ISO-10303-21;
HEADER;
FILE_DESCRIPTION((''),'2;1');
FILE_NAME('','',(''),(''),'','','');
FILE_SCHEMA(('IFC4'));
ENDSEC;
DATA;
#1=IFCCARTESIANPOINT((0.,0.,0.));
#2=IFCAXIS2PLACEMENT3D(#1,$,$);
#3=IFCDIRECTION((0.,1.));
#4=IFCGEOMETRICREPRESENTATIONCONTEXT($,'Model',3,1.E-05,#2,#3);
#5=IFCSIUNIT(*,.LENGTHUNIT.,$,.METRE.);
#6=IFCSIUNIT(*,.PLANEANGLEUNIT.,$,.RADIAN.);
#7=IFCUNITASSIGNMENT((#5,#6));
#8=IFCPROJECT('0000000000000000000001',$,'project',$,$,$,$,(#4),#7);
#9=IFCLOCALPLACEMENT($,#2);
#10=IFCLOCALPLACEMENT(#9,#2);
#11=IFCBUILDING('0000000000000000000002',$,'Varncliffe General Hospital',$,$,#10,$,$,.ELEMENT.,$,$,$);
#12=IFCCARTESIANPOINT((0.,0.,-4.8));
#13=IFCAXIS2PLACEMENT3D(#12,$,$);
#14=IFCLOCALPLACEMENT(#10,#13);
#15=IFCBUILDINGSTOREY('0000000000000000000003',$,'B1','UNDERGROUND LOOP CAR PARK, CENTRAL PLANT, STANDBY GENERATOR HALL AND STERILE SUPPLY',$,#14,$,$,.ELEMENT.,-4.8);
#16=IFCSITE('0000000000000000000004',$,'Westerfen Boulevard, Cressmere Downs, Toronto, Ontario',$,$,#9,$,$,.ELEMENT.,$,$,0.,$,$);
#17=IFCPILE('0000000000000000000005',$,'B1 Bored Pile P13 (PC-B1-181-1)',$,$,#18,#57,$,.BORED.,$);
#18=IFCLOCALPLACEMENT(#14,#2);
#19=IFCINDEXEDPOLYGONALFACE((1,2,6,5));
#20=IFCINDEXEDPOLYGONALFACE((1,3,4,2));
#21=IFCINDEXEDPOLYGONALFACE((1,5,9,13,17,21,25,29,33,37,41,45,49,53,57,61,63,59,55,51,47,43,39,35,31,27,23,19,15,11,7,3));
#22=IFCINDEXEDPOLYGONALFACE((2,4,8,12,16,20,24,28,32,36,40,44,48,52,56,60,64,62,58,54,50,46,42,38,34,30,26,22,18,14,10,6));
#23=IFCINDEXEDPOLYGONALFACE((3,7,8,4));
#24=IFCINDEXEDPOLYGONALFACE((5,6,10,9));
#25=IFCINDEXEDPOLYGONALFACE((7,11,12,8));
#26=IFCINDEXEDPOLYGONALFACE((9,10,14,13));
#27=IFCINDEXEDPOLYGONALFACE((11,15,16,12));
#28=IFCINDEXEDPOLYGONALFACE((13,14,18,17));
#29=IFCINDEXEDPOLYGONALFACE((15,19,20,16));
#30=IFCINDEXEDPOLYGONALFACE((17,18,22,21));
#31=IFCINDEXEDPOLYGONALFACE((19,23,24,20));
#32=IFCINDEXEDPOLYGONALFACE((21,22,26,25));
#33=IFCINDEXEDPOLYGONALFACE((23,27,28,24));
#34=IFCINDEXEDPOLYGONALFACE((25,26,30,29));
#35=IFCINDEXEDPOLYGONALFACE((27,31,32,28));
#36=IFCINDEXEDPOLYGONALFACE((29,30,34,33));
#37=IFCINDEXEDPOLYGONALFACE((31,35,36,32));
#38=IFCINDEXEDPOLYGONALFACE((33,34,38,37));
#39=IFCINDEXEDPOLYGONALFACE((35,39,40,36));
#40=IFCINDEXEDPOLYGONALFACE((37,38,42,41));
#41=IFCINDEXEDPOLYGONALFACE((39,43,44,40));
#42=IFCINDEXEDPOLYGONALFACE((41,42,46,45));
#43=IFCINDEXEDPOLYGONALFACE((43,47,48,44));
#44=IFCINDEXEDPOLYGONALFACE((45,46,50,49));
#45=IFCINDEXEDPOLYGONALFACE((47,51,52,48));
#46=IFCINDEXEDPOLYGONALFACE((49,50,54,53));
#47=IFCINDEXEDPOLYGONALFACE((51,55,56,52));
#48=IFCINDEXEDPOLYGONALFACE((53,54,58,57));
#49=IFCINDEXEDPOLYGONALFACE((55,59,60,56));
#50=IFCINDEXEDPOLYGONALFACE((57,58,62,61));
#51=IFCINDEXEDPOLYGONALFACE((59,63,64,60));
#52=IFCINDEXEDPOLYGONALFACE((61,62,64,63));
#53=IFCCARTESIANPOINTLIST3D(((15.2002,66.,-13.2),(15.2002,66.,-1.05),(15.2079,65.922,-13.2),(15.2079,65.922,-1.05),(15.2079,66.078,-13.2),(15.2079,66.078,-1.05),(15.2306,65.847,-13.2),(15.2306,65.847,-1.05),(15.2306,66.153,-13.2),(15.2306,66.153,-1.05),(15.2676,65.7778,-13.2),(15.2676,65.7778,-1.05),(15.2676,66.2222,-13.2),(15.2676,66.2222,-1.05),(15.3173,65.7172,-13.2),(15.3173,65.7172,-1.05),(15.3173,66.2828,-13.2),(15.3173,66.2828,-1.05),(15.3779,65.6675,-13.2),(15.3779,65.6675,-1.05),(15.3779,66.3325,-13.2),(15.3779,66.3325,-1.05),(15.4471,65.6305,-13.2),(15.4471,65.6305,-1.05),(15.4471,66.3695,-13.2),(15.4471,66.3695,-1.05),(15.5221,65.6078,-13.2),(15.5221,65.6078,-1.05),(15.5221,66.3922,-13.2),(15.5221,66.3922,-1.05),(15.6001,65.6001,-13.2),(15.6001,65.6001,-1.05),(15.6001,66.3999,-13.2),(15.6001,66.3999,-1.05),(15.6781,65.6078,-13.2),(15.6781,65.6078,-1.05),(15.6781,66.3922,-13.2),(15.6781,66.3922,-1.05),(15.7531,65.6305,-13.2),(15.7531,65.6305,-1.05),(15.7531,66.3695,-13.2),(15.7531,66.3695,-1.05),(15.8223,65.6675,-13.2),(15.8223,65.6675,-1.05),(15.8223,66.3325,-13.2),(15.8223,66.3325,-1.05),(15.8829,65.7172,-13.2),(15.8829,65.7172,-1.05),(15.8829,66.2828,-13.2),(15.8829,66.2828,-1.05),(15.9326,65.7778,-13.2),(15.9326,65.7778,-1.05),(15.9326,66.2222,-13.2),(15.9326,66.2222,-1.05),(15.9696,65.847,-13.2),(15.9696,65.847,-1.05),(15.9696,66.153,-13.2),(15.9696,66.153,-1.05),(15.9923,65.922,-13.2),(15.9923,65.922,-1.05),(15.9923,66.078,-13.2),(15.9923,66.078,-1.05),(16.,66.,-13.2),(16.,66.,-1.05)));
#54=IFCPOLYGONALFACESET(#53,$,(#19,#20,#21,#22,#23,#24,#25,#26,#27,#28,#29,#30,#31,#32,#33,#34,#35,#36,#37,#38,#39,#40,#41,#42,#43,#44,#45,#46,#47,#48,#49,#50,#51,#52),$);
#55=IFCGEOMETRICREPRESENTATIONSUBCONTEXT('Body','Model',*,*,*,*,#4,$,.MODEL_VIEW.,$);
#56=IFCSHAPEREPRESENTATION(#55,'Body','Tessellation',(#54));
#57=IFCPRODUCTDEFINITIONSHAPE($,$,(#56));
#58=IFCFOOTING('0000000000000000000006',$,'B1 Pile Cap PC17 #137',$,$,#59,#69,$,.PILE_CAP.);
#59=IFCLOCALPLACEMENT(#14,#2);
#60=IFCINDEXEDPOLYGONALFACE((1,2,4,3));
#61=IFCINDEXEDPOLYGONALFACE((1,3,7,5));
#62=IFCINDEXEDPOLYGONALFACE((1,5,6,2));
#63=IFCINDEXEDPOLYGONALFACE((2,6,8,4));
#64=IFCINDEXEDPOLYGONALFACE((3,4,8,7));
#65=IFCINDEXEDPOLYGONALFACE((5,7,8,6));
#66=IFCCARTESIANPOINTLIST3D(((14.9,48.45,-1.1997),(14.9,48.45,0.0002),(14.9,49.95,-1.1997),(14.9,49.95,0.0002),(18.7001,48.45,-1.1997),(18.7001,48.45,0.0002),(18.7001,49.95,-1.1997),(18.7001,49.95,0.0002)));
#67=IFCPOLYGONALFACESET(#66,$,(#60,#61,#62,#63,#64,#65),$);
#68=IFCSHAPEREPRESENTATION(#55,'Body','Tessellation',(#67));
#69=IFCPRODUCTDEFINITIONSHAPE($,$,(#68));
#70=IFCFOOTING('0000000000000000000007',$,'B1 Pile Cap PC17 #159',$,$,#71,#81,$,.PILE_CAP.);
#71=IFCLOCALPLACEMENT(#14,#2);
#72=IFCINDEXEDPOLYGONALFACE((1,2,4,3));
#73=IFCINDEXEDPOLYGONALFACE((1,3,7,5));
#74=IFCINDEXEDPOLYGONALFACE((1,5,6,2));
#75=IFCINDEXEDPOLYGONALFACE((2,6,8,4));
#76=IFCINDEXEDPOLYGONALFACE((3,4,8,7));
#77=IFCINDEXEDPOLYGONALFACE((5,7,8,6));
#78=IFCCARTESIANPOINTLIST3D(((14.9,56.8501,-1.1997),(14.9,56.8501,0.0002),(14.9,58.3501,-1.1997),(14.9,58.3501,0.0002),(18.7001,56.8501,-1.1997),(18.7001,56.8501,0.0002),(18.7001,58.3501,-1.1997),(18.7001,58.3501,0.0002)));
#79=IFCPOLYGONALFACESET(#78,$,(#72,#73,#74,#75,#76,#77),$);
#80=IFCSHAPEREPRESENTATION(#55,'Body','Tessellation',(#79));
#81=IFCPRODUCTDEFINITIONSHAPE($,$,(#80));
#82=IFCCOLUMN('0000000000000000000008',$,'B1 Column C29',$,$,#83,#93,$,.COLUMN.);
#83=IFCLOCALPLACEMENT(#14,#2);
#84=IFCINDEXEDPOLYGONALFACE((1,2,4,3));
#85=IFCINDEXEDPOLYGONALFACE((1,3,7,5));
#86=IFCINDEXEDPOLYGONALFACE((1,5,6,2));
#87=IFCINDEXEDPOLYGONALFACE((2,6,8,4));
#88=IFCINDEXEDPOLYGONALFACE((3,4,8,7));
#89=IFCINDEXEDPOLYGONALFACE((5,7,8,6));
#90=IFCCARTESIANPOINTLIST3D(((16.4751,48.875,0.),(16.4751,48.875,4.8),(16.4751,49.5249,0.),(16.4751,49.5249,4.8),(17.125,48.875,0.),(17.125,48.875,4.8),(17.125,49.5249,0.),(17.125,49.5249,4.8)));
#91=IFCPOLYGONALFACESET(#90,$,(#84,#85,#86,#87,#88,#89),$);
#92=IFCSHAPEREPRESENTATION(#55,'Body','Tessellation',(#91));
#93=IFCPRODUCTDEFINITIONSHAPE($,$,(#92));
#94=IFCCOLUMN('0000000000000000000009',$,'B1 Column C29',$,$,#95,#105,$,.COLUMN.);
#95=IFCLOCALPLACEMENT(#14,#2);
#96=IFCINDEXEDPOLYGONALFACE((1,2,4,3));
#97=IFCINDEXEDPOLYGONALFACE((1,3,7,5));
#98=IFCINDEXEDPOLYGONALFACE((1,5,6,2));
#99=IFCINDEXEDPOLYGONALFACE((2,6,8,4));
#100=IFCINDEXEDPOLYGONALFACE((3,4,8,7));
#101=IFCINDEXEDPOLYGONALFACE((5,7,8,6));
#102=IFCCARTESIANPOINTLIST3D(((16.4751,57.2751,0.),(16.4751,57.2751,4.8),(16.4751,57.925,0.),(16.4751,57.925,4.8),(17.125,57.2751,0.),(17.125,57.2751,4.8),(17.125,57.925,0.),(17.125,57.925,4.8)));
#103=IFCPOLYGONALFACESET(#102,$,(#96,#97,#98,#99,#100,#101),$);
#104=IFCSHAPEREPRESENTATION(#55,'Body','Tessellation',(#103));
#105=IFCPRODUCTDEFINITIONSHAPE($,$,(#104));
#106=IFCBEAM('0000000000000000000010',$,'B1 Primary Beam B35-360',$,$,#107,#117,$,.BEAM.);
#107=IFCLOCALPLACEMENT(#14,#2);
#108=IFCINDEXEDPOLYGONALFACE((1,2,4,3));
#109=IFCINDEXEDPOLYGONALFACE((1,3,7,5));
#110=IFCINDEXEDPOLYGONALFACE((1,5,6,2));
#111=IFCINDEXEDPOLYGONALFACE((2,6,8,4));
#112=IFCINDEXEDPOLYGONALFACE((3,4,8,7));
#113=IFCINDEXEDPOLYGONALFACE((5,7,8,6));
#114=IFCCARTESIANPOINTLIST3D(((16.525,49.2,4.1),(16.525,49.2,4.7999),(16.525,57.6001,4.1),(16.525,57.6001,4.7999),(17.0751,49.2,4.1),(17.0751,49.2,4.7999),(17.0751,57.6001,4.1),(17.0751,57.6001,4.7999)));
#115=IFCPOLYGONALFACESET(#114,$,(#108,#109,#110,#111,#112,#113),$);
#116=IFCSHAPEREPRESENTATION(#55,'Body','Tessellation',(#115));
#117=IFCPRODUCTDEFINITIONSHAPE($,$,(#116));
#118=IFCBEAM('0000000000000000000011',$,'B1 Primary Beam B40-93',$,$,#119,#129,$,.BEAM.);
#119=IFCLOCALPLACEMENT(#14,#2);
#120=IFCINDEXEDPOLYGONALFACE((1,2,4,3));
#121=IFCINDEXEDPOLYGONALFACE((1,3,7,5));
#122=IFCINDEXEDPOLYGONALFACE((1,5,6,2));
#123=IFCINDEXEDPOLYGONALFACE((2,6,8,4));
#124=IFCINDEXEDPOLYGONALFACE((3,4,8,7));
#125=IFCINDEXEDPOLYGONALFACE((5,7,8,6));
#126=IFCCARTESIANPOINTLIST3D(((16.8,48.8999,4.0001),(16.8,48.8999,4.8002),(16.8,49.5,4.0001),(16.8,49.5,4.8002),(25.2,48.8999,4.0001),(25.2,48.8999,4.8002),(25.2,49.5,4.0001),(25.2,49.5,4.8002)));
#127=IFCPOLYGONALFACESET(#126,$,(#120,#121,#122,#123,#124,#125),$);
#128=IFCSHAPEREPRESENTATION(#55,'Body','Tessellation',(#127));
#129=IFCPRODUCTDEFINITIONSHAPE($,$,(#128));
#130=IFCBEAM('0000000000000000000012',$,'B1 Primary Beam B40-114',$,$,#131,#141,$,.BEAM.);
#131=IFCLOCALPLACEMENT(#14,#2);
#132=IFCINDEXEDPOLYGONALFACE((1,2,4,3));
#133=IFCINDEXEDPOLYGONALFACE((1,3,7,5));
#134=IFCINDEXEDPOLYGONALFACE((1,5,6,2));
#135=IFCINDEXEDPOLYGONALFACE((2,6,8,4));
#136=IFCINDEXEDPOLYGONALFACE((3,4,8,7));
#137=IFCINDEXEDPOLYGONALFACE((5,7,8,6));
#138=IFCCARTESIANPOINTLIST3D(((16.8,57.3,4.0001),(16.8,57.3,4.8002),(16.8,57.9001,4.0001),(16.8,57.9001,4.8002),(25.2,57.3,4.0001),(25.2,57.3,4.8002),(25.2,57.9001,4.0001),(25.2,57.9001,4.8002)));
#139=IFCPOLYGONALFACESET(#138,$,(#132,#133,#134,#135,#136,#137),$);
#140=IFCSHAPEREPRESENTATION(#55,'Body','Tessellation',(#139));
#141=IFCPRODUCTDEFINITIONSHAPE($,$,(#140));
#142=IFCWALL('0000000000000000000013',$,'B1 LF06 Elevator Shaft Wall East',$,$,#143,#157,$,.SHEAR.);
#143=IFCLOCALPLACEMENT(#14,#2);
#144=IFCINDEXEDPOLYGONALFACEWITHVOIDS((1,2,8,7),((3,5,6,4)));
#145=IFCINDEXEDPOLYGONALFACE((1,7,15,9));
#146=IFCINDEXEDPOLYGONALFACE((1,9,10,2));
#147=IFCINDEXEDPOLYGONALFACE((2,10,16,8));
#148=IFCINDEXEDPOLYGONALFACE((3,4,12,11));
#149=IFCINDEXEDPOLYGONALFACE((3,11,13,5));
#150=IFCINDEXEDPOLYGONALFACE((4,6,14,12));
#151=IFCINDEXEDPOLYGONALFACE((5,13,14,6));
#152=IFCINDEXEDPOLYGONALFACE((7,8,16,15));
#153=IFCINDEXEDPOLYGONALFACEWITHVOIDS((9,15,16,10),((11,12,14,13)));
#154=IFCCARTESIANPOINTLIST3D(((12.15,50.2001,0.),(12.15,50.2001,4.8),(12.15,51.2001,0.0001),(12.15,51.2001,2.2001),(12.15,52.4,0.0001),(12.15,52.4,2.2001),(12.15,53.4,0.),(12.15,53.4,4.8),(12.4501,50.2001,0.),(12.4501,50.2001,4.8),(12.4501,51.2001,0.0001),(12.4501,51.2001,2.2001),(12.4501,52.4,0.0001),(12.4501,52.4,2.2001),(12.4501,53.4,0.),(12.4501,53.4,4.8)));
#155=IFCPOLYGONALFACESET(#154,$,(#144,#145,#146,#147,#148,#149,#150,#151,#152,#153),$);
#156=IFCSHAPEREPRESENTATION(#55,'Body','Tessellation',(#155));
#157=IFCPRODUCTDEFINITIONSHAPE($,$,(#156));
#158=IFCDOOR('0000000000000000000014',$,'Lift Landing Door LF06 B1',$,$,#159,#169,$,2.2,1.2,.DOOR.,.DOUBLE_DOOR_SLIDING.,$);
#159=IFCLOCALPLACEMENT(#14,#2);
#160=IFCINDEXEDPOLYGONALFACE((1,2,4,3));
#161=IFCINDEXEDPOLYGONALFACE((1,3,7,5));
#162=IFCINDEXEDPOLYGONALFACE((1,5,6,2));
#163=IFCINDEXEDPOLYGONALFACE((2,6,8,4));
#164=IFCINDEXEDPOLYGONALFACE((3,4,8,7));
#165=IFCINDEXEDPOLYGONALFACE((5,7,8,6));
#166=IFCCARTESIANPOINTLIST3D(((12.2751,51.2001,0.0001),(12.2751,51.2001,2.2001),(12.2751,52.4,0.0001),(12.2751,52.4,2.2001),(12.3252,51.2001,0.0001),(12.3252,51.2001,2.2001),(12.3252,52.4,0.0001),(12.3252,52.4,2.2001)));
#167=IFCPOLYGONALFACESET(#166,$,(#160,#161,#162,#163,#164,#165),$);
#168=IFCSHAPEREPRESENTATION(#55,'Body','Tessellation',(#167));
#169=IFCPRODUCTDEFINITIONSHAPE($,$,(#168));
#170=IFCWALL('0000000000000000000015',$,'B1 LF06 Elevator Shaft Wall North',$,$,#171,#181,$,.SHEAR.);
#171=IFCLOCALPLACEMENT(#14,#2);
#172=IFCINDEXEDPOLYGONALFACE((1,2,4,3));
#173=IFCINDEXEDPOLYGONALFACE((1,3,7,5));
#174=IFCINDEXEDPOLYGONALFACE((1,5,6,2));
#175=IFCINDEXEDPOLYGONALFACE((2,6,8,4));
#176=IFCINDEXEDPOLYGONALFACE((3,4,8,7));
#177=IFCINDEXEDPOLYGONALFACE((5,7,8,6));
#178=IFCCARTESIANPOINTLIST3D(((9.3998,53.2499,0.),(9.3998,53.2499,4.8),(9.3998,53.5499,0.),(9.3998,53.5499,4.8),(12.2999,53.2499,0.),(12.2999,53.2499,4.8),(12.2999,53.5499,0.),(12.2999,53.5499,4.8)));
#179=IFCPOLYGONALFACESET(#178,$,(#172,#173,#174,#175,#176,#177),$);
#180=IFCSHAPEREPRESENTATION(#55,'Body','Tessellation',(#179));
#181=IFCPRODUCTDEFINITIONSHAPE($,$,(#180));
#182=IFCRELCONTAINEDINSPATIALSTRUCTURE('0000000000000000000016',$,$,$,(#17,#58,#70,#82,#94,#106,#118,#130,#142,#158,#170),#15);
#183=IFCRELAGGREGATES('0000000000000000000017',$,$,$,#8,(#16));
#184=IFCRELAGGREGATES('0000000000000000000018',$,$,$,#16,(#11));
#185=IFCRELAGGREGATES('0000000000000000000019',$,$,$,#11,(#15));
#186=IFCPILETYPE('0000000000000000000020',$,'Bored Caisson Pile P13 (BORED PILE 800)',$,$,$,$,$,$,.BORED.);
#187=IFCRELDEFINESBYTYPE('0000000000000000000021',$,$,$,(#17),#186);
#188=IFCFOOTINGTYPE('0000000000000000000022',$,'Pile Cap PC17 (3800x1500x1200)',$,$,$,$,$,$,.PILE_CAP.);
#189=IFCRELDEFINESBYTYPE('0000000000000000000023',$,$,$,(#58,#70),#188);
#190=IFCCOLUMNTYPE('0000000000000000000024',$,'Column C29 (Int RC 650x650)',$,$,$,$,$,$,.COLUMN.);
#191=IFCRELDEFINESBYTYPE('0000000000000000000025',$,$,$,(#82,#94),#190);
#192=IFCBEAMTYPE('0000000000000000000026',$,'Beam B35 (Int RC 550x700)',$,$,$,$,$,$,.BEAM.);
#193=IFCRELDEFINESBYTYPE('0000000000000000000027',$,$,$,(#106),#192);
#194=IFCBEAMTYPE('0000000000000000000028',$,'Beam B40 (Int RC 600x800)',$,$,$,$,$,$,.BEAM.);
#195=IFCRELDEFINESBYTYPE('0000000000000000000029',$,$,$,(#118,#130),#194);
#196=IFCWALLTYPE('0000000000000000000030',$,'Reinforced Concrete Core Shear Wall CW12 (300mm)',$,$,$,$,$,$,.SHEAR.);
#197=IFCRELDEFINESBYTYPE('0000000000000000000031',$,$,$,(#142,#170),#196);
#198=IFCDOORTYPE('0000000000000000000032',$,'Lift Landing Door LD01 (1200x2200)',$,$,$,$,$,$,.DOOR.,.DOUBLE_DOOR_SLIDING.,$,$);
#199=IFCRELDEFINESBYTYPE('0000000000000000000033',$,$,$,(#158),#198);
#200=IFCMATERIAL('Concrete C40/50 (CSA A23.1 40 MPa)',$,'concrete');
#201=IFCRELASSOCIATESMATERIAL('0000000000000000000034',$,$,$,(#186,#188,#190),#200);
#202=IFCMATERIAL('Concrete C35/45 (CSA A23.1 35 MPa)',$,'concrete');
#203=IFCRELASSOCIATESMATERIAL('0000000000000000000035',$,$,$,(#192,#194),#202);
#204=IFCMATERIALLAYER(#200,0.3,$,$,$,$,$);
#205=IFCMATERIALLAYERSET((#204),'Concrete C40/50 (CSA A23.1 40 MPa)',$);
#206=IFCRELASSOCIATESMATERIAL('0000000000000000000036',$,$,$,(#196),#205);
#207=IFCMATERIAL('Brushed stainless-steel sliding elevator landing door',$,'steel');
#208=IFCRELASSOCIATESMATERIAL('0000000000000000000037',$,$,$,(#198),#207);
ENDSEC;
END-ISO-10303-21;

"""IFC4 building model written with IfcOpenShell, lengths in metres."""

from ifc_helpers import new_model, si_unit, direction, frame, frame_2d, origin, origin_2d, place, context, subcontext, project, spatial, rectangle, circle, extrude, material, layer, layer_set, material_profile, profile_set, type_object, element, fill, save


model = new_model("IFC4")

# Units and contexts
model_context = context("Model", 3, precision=1e-05, world=origin(), true_north=direction((0.0, 1.0)))
body_context = subcontext(model_context, "Body", "Model", "MODEL_VIEW")
ifc_project = project(units=[si_unit("LENGTHUNIT", "METRE"), si_unit("PLANEANGLEUNIT", "RADIAN")], contexts=[model_context])

# Site, building, storey
site_placement = place(None, origin())
site = spatial("IfcSite", under=ifc_project, at=site_placement, Name="Westerfen Boulevard, Cressmere Downs, Toronto, Ontario", CompositionType="ELEMENT", RefElevation=0.0)
building_placement = place(site_placement, origin())
building = spatial("IfcBuilding", under=site, at=building_placement, Name="Varncliffe General Hospital", CompositionType="ELEMENT")
storey_placement = place(building_placement, frame((0.0, 0.0, -4.8)))
storey = spatial("IfcBuildingStorey", under=building, at=storey_placement, Name="B1", Description="UNDERGROUND LOOP CAR PARK, CENTRAL PLANT, STANDBY GENERATOR HALL AND STERILE SUPPLY", CompositionType="ELEMENT", Elevation=-4.8)

# Pile
ifc_material_1 = material(Name="Concrete C40/50 (CSA A23.1 40 MPa)", Category="concrete")
ifc_material_profile_1 = material_profile(ifc_material_1, circle(Radius=0.3999, at=origin_2d()), Name="BORED PILE 800")
ifc_profile_set_1 = profile_set([ifc_material_profile_1], Name="Concrete C40/50 (CSA A23.1 40 MPa)")
pile_type = type_object("IfcPileType", Name="Bored Caisson Pile P13 (BORED PILE 800)", PredefinedType="BORED", material=ifc_profile_set_1)
for number, where, z_axis, x_axis, name in (
    (1, (15.6001, 66.0, -1.05), (0.0, 0.0, -1.0), (1.0, 0.0, 0.0), "B1 Bored Pile P13 (PC-B1-181-1)"),
):
    element("IfcPile", number, at=place(storey_placement, frame(where, z_axis=z_axis, x_axis=x_axis)), inside=storey, type_object=pile_type, Name=name, PredefinedType="BORED", context=body_context, shape_type="SweptSolid", body=[
        extrude(circle(Radius=0.3999, at=origin_2d()), origin(), (0.0, 0.0, 1.0), 12.1499),
    ])

# Footings
footing_type = type_object("IfcFootingType", Name="Pile Cap PC17 (3800x1500x1200)", PredefinedType="PILE_CAP", material=ifc_material_1)
for number, where, z_axis, x_axis, name in (
    (2, (16.8, 49.2, -1.1997), (0.0, 0.0, 1.0), (1.0, 0.0, 0.0), "B1 Pile Cap PC17 #137"),
    (3, (16.8, 57.6001, -1.1997), (0.0, 0.0, 1.0), (1.0, 0.0, 0.0), "B1 Pile Cap PC17 #159"),
):
    element("IfcFooting", number, at=place(storey_placement, frame(where, z_axis=z_axis, x_axis=x_axis)), inside=storey, type_object=footing_type, Name=name, PredefinedType="PILE_CAP", context=body_context, shape_type="SweptSolid", body=[
        extrude(rectangle(XDim=3.8, YDim=1.5, at=origin_2d()), origin(), (0.0, 0.0, 1.0), 1.2),
    ])

# Columns
ifc_material_profile_2 = material_profile(ifc_material_1, rectangle(XDim=0.6499, YDim=0.6499, at=origin_2d()), Name="RC 650x650")
ifc_profile_set_2 = profile_set([ifc_material_profile_2], Name="Concrete C40/50 (CSA A23.1 40 MPa)")
column_type = type_object("IfcColumnType", Name="Column C29 (Int RC 650x650)", PredefinedType="COLUMN", material=ifc_profile_set_2)
for number, where, z_axis, x_axis, name in (
    (4, (16.8, 49.2, 0.0), (0.0, 0.0, 1.0), (1.0, 0.0, 0.0), "B1 Column C29"),
    (5, (16.8, 57.6001, 0.0), (0.0, 0.0, 1.0), (1.0, 0.0, 0.0), "B1 Column C29"),
):
    element("IfcColumn", number, at=place(storey_placement, frame(where, z_axis=z_axis, x_axis=x_axis)), inside=storey, type_object=column_type, Name=name, PredefinedType="COLUMN", context=body_context, shape_type="SweptSolid", body=[
        extrude(rectangle(XDim=0.6499, YDim=0.6499, at=origin_2d()), origin(), (0.0, 0.0, 1.0), 4.8),
    ])

# Beams
ifc_material_2 = material(Name="Concrete C35/45 (CSA A23.1 35 MPa)", Category="concrete")
ifc_material_profile_3 = material_profile(ifc_material_2, rectangle(XDim=0.55, YDim=0.7, at=origin_2d()), Name="RC 550x700")
ifc_profile_set_3 = profile_set([ifc_material_profile_3], Name="Concrete C35/45 (CSA A23.1 35 MPa)")
beam_type_1 = type_object("IfcBeamType", Name="Beam B35 (Int RC 550x700)", PredefinedType="BEAM", material=ifc_profile_set_3)
beam_placement = place(storey_placement, frame((16.8, 49.2, 4.45), z_axis=(0.0, 1.0, 0.0), x_axis=(-1.0, 0.0, 0.0)))
element("IfcBeam", 6, at=beam_placement, inside=storey, type_object=beam_type_1, Name="B1 Primary Beam B35-360", PredefinedType="BEAM", context=body_context, shape_type="SweptSolid", body=[
    extrude(rectangle(XDim=0.55, YDim=0.7, at=origin_2d()), origin(), (0.0, 0.0, 1.0), 8.4001),
])
ifc_material_profile_4 = material_profile(ifc_material_2, rectangle(XDim=0.6001, YDim=0.8, at=origin_2d()), Name="RC 600x800")
ifc_profile_set_4 = profile_set([ifc_material_profile_4], Name="Concrete C35/45 (CSA A23.1 35 MPa)")
beam_type_2 = type_object("IfcBeamType", Name="Beam B40 (Int RC 600x800)", PredefinedType="BEAM", material=ifc_profile_set_4)
for number, where, z_axis, x_axis, name in (
    (7, (16.8, 49.2, 4.4001), (1.0, 0.0, 0.0), (0.0, 1.0, 0.0), "B1 Primary Beam B40-93"),
    (8, (16.8, 57.6001, 4.4001), (1.0, 0.0, 0.0), (0.0, 1.0, 0.0), "B1 Primary Beam B40-114"),
):
    element("IfcBeam", number, at=place(storey_placement, frame(where, z_axis=z_axis, x_axis=x_axis)), inside=storey, type_object=beam_type_2, Name=name, PredefinedType="BEAM", context=body_context, shape_type="SweptSolid", body=[
        extrude(rectangle(XDim=0.6001, YDim=0.8, at=origin_2d()), origin(), (0.0, 0.0, 1.0), 8.3999),
    ])

# Wall, opening, door
ifc_layer_1 = layer(ifc_material_1, 0.3)
ifc_layer_set_1 = layer_set([ifc_layer_1], Name="Concrete C40/50 (CSA A23.1 40 MPa)")
wall_type_1 = type_object("IfcWallType", Name="Reinforced Concrete Core Shear Wall CW12 (300mm)", PredefinedType="SHEAR", material=ifc_layer_set_1)
wall_1_placement = place(storey_placement, frame((12.3, 50.2, 0.0), z_axis=(0.0, 0.0, 1.0), x_axis=(0.0, 1.0, 0.0)))
wall_1 = element("IfcWall", 9, at=wall_1_placement, inside=storey, type_object=wall_type_1, Name="B1 LF06 Elevator Shaft Wall East", PredefinedType="SHEAR", context=body_context, shape_type="SweptSolid", body=[
    extrude(rectangle(XDim=3.2, YDim=0.3, at=frame_2d((1.6001, 0.0))), origin(), (0.0, 0.0, 1.0), 4.8),
])
opening_1_placement = place(wall_1_placement, frame((1.0, 0.0, 0.0)))
opening_1 = element("IfcOpeningElement", 10, at=opening_1_placement, cuts=wall_1, PredefinedType="OPENING", context=body_context, shape_type="SweptSolid", body=[
    extrude(rectangle(XDim=1.2, YDim=2.2, at=frame_2d((0.6001, 1.1001))), frame((0.0, 0.1602, 0.0), z_axis=(0.0, -1.0, 0.0), x_axis=(1.0, 0.0, 0.0)), (0.0, 0.0, 1.0), 0.3201),
])
ifc_material_3 = material(Name="Brushed stainless-steel sliding elevator landing door", Category="steel")
door_type_1 = type_object("IfcDoorType", Name="Lift Landing Door LD01 (1200x2200)", OperationType="DOUBLE_DOOR_SLIDING", PredefinedType="DOOR", material=ifc_material_3)
door_1_placement = place(opening_1_placement, origin())
door_1 = element("IfcDoor", 11, at=door_1_placement, inside=storey, type_object=door_type_1, Name="Lift Landing Door LF06 B1", OperationType="DOUBLE_DOOR_SLIDING", OverallHeight=2.2, OverallWidth=1.2, PredefinedType="DOOR", context=body_context, shape_type="SweptSolid", body=[
    extrude(rectangle(XDim=1.2, YDim=2.2, at=frame_2d((0.6001, 1.1001))), frame((0.0, 0.0249, 0.0), z_axis=(0.0, -1.0, 0.0), x_axis=(1.0, 0.0, 0.0)), (0.0, 0.0, 1.0), 0.05),
])
fill(opening_1, door_1)

# Wall
wall_2_placement = place(storey_placement, frame((12.3, 53.3999, 0.0), z_axis=(0.0, 0.0, 1.0), x_axis=(-1.0, 0.0, 0.0)))
element("IfcWall", 12, at=wall_2_placement, inside=storey, type_object=wall_type_1, Name="B1 LF06 Elevator Shaft Wall North", PredefinedType="SHEAR", context=body_context, shape_type="SweptSolid", body=[
    extrude(rectangle(XDim=2.9001, YDim=0.3, at=frame_2d((1.4502, 0.0))), origin(), (0.0, 0.0, 1.0), 4.8),
])

save(model, "model.ifc")
